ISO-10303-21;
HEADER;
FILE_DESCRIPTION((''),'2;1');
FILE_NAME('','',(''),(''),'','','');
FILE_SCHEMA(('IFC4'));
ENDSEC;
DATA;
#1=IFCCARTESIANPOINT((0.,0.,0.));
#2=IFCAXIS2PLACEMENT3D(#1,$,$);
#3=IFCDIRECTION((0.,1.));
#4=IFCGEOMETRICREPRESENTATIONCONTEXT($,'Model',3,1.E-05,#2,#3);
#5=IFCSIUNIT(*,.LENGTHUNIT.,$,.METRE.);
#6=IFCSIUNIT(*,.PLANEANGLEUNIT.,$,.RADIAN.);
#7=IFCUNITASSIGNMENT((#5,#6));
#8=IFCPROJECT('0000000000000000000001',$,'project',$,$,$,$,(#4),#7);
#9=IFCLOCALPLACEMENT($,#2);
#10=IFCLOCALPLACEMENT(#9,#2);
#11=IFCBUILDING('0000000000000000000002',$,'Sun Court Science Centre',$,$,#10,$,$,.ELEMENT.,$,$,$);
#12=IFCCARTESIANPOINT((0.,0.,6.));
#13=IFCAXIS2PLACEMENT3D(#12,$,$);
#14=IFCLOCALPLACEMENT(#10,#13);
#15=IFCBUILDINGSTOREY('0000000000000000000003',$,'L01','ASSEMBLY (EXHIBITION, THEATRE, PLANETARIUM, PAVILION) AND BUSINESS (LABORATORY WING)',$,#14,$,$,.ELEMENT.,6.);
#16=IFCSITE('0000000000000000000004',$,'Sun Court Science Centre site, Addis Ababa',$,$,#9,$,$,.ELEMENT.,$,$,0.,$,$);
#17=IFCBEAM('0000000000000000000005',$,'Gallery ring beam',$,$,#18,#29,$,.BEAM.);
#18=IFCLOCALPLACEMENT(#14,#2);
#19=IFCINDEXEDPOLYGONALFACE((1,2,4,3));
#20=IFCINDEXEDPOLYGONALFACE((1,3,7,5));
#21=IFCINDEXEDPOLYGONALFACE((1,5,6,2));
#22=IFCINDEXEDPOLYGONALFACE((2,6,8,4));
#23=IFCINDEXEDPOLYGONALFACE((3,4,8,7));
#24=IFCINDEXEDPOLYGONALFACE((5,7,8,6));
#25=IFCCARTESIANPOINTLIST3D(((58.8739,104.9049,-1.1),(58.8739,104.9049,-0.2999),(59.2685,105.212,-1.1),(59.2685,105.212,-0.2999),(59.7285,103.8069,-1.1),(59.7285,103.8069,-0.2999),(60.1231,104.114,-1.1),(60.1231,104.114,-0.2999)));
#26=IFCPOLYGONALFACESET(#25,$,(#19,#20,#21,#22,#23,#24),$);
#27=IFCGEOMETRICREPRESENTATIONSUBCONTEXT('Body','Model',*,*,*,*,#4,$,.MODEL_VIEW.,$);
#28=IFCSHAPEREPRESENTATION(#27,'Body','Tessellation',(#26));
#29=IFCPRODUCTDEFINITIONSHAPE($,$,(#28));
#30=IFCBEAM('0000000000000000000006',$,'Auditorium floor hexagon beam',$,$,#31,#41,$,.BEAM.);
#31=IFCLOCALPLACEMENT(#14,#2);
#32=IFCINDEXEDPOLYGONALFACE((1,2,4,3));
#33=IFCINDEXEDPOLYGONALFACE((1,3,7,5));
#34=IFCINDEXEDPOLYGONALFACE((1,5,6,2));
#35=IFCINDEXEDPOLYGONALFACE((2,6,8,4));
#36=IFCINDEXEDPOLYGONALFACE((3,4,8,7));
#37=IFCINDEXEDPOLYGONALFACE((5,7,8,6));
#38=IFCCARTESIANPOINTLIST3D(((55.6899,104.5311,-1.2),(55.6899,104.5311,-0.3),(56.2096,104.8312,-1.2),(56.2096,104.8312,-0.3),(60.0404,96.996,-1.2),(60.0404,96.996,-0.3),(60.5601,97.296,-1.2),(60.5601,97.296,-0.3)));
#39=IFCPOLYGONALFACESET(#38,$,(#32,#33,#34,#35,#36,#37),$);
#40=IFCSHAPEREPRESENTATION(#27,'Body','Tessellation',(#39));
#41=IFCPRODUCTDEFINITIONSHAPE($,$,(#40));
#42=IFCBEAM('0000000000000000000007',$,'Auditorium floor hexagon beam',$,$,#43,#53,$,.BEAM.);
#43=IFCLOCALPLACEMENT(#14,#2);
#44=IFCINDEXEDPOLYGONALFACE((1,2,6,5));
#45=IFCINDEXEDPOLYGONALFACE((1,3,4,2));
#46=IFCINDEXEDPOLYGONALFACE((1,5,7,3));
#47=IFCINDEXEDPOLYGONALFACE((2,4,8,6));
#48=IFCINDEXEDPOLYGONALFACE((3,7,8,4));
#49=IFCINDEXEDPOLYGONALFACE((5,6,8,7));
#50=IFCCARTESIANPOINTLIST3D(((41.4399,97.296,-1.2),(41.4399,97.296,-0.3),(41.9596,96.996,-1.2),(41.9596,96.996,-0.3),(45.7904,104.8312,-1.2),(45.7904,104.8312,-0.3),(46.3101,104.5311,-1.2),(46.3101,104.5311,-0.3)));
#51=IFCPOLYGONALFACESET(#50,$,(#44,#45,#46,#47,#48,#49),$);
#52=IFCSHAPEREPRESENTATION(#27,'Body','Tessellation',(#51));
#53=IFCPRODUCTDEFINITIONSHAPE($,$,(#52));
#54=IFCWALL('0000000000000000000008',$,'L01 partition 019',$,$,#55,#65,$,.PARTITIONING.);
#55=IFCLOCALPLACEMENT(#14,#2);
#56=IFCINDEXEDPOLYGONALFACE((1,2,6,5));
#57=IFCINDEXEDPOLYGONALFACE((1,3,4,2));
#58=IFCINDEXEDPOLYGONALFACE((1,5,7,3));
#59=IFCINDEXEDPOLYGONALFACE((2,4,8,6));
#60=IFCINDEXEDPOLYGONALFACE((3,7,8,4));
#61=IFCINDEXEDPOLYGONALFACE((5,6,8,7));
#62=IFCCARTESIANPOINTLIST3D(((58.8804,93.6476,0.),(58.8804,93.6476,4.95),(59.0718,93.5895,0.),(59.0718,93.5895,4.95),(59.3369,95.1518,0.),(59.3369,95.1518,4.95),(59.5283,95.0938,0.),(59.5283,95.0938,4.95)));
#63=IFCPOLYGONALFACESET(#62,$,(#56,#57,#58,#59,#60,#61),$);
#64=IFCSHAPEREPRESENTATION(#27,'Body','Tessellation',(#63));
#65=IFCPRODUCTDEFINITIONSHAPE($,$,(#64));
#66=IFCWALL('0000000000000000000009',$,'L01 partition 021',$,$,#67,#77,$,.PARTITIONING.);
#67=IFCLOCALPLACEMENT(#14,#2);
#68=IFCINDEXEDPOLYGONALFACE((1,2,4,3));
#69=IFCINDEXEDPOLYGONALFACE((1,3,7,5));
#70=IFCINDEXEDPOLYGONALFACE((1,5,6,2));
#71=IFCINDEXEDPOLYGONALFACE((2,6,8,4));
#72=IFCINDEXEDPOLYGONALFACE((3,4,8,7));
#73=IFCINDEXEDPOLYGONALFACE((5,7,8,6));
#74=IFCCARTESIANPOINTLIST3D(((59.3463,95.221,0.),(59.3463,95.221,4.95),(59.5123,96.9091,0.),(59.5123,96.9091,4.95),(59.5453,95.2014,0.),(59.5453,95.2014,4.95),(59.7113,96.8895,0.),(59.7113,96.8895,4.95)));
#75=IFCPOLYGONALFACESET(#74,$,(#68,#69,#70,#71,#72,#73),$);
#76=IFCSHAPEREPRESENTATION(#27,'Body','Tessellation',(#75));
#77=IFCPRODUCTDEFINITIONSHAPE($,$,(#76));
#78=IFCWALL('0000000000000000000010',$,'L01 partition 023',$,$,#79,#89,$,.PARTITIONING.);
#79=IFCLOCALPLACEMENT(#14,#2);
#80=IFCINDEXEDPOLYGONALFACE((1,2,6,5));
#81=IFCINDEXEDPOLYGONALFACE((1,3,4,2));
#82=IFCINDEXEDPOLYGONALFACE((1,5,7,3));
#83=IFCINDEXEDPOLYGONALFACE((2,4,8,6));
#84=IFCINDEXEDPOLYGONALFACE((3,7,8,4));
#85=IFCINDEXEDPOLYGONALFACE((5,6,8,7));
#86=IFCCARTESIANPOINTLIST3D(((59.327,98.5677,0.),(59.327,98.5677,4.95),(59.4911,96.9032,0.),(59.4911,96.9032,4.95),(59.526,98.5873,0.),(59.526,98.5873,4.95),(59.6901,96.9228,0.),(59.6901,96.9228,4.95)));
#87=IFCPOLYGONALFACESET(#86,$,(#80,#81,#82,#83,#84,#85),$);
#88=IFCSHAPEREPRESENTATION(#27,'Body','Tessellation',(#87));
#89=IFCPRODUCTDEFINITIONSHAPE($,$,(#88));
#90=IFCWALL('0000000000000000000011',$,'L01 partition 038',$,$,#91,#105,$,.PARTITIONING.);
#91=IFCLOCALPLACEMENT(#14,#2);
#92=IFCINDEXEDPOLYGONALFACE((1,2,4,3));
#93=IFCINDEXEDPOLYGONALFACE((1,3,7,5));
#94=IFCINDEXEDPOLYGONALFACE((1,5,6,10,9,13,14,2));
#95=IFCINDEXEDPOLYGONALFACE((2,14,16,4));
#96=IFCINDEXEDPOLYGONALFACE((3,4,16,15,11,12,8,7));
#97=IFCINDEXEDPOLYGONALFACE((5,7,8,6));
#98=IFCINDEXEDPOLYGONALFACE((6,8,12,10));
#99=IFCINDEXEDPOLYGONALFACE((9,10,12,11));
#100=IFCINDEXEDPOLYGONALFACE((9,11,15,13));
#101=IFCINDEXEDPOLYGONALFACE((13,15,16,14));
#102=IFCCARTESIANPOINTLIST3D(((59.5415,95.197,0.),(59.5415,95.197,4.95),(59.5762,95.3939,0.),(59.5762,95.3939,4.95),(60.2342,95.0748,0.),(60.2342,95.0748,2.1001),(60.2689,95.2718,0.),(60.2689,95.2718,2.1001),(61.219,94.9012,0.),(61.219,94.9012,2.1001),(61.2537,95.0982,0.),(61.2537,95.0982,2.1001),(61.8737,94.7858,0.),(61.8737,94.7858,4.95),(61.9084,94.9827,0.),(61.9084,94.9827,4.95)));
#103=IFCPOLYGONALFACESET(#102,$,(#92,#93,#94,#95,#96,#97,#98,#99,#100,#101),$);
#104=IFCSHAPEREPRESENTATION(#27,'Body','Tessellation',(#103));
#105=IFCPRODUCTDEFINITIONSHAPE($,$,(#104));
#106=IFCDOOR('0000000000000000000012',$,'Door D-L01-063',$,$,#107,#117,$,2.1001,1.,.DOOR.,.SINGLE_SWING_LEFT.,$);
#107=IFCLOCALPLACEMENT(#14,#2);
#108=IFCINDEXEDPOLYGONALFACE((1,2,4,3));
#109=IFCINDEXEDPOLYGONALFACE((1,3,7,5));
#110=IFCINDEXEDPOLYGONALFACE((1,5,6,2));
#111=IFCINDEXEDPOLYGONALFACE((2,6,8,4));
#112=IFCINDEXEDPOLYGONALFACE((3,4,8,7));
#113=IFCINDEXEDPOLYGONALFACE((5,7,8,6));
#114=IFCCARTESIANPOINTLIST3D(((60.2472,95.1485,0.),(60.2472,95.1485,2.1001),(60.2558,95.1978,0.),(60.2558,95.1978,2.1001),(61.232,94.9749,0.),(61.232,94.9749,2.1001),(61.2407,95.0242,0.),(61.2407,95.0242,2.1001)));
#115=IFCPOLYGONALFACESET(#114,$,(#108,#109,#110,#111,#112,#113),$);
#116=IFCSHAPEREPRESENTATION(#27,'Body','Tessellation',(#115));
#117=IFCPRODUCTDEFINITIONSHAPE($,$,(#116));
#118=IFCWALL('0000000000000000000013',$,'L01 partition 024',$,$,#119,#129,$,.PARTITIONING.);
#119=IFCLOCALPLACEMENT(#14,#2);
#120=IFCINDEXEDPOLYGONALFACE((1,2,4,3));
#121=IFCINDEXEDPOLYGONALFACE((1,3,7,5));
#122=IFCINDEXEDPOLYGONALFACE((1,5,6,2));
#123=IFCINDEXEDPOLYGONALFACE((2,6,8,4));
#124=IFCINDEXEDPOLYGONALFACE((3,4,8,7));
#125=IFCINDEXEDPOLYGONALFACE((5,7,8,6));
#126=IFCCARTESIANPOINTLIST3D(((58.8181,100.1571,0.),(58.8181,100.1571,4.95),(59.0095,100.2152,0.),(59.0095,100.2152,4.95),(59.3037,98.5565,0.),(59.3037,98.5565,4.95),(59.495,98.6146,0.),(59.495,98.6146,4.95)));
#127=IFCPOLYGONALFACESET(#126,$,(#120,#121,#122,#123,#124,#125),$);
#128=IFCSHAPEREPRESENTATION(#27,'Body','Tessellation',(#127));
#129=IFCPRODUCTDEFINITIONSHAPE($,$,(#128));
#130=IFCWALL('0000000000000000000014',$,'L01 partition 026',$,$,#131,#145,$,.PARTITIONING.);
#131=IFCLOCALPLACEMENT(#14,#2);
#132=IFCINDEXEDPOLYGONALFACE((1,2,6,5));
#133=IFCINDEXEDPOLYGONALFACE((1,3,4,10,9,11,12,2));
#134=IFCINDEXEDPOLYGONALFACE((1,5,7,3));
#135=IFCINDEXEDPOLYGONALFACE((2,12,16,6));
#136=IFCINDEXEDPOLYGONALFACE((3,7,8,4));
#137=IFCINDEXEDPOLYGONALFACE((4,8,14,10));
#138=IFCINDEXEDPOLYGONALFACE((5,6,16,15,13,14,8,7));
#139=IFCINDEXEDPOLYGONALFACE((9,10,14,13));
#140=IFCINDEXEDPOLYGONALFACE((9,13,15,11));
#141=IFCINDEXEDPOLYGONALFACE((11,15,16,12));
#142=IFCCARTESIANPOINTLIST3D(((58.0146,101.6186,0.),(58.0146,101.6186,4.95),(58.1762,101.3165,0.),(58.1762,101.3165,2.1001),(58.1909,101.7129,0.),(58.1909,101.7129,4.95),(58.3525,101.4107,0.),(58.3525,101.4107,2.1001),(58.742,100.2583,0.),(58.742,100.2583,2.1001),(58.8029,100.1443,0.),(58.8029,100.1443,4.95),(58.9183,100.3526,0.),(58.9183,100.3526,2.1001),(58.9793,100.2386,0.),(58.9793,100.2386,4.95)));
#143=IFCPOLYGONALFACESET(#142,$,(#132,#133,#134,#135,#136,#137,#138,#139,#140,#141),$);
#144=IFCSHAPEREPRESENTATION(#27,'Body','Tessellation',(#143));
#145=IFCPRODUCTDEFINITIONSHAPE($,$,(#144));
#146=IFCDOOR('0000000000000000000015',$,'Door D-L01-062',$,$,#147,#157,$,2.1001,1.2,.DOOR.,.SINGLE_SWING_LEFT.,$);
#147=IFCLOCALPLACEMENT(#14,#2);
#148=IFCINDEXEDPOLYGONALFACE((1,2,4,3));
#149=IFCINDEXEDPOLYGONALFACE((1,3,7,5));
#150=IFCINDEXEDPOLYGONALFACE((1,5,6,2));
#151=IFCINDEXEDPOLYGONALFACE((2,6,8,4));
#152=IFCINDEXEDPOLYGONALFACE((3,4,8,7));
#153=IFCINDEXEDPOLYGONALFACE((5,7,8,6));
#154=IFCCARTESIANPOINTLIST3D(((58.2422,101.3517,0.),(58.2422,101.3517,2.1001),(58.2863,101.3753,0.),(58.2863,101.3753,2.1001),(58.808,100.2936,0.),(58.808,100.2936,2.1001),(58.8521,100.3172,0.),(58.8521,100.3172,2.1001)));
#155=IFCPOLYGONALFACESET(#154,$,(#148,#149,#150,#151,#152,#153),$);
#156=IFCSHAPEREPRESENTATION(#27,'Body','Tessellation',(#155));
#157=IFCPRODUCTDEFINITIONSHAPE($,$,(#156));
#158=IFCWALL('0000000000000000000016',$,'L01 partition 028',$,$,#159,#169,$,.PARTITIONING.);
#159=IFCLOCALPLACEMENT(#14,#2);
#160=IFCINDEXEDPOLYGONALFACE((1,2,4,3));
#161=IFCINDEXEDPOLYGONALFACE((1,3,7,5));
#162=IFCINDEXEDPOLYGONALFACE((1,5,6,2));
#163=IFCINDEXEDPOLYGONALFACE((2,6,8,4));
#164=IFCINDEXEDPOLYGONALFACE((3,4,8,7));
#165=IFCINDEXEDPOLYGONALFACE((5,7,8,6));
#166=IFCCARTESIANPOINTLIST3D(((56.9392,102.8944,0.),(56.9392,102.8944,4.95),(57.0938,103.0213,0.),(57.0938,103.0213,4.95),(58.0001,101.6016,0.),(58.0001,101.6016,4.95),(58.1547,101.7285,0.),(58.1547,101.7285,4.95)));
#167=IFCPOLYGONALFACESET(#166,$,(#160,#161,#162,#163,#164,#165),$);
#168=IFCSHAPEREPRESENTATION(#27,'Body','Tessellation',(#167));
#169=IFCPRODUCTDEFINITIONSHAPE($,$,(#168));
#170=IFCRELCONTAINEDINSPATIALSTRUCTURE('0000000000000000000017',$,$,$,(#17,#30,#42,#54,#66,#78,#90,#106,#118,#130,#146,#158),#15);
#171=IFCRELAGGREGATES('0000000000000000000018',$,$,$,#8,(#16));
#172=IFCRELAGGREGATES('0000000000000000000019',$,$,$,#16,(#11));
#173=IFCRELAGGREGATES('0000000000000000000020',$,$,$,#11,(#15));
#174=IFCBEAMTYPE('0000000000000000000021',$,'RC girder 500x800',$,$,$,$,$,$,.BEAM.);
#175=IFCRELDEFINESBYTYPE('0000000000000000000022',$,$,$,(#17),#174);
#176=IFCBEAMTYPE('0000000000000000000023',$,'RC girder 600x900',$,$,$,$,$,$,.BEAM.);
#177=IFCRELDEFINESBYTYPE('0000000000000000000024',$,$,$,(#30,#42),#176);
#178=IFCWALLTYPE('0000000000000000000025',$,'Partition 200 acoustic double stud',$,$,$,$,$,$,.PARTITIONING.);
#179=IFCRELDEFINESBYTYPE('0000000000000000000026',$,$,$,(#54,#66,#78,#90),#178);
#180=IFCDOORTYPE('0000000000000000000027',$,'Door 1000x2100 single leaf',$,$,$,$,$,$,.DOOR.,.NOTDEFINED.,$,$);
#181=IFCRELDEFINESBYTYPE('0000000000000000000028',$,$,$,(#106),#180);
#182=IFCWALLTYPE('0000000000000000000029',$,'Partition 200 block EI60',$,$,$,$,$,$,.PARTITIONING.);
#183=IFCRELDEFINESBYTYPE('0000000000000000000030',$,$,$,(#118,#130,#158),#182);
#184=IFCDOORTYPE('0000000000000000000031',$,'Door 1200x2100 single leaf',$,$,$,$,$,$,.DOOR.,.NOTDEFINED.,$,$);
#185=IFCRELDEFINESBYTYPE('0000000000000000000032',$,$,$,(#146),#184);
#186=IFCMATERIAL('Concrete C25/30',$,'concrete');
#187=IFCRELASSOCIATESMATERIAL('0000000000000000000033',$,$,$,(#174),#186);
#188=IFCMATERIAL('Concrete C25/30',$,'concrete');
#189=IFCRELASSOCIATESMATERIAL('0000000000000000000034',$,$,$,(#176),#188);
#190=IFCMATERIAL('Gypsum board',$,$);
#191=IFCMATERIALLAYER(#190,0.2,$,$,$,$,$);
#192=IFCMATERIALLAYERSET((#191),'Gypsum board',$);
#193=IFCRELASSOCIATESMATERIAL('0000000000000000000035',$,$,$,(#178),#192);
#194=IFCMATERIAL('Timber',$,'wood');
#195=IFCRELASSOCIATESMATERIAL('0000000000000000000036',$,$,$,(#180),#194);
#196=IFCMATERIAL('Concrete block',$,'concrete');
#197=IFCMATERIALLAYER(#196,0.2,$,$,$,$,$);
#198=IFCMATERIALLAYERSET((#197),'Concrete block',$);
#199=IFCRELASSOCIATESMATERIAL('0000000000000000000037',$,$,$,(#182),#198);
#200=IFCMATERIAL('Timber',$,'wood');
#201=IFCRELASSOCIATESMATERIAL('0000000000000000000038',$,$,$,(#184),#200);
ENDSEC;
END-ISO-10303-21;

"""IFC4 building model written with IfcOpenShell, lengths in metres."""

from ifc_helpers import new_model, si_unit, direction, frame, frame_2d, origin, origin_2d, place, context, subcontext, project, spatial, rectangle, extrude, material, layer, layer_set, material_profile, profile_set, type_object, element, fill, save


model = new_model("IFC4")

# Units and contexts
model_context = context("Model", 3, precision=1e-05, world=origin(), true_north=direction((0.0, 1.0)))
body_context = subcontext(model_context, "Body", "Model", "MODEL_VIEW")
ifc_project = project(units=[si_unit("LENGTHUNIT", "METRE"), si_unit("PLANEANGLEUNIT", "RADIAN")], contexts=[model_context])

# Site, building, storey
site_placement = place(None, origin())
site = spatial("IfcSite", under=ifc_project, at=site_placement, Name="Sun Court Science Centre site, Addis Ababa", CompositionType="ELEMENT", RefElevation=0.0)
building_placement = place(site_placement, origin())
building = spatial("IfcBuilding", under=site, at=building_placement, Name="Sun Court Science Centre", CompositionType="ELEMENT")
storey_placement = place(building_placement, frame((0.0, 0.0, 6.0)))
storey = spatial("IfcBuildingStorey", under=building, at=storey_placement, Name="L01", Description="ASSEMBLY (EXHIBITION, THEATRE, PLANETARIUM, PAVILION) AND BUSINESS (LABORATORY WING)", CompositionType="ELEMENT", Elevation=6.0)

# Beams
ifc_material_1 = material(Name="Concrete C25/30", Category="concrete")
ifc_material_profile_1 = material_profile(ifc_material_1, rectangle(XDim=0.5, YDim=0.8, at=origin_2d()), Name="RC 500x800")
ifc_profile_set_1 = profile_set([ifc_material_profile_1], Name="Concrete C25/30")
beam_type_1 = type_object("IfcBeamType", Name="RC girder 500x800", PredefinedType="BEAM", material=ifc_profile_set_1)
beam_placement = place(storey_placement, frame((59.9258, 103.9604, -0.7), z_axis=(-0.614196, 0.789154, 0.0), x_axis=(-0.789154, -0.614196, 0.0)))
element("IfcBeam", 1, at=beam_placement, inside=storey, type_object=beam_type_1, Name="Gallery ring beam", PredefinedType="BEAM", context=body_context, shape_type="SweptSolid", body=[
    extrude(rectangle(XDim=0.5, YDim=0.8, at=origin_2d()), origin(), (0.0, 0.0, 1.0), 1.3914),
])
ifc_material_2 = material(Name="Concrete C25/30", Category="concrete")
ifc_material_profile_2 = material_profile(ifc_material_2, rectangle(XDim=0.6001, YDim=0.8999, at=origin_2d()), Name="RC 600x900")
ifc_profile_set_2 = profile_set([ifc_material_profile_2], Name="Concrete C25/30")
beam_type_2 = type_object("IfcBeamType", Name="RC girder 600x900", PredefinedType="BEAM", material=ifc_profile_set_2)
for number, where, z_axis, x_axis, name in (
    (2, (60.3003, 97.146, -0.75), (-0.500014, 0.866017, 0.0), (-0.866017, -0.500014, 0.0), "Auditorium floor hexagon beam"),
    (3, (46.0503, 104.6812, -0.75), (-0.500014, -0.866017, 0.0), (0.866017, -0.500014, 0.0), "Auditorium floor hexagon beam"),
):
    element("IfcBeam", number, at=place(storey_placement, frame(where, z_axis=z_axis, x_axis=x_axis)), inside=storey, type_object=beam_type_2, Name=name, PredefinedType="BEAM", context=body_context, shape_type="SweptSolid", body=[
        extrude(rectangle(XDim=0.6001, YDim=0.8999, at=origin_2d()), origin(), (0.0, 0.0, 1.0), 8.7009),
    ])

# Walls
ifc_material_3 = material(Name="Gypsum board")
ifc_layer_1 = layer(ifc_material_3, 0.2)
ifc_layer_set_1 = layer_set([ifc_layer_1], Name="Gypsum board")
wall_type_1 = type_object("IfcWallType", Name="Partition 200 acoustic double stud", PredefinedType="PARTITIONING", material=ifc_layer_set_1)
wall_1_placement = place(storey_placement, frame((58.9761, 93.6184, 0.0), z_axis=(0.0, 0.0, 1.0), x_axis=(0.290395, 0.956907, 0.0)))
element("IfcWall", 4, at=wall_1_placement, inside=storey, type_object=wall_type_1, Name="L01 partition 019", PredefinedType="PARTITIONING", context=body_context, shape_type="SweptSolid", body=[
    extrude(rectangle(XDim=1.572, YDim=0.2, at=frame_2d((0.7861, 0.0))), origin(), (0.0, 0.0, 1.0), 4.95),
])
wall_2_placement = place(storey_placement, frame((59.4458, 95.2112, 0.0), z_axis=(0.0, 0.0, 1.0), x_axis=(0.097865, 0.9952, 0.0)))
element("IfcWall", 5, at=wall_2_placement, inside=storey, type_object=wall_type_1, Name="L01 partition 021", PredefinedType="PARTITIONING", context=body_context, shape_type="SweptSolid", body=[
    extrude(rectangle(XDim=1.6963, YDim=0.2, at=frame_2d((0.8481, 0.0))), origin(), (0.0, 0.0, 1.0), 4.95),
])
wall_3_placement = place(storey_placement, frame((59.5906, 96.9128, 0.0), z_axis=(0.0, 0.0, 1.0), x_axis=(-0.098087, 0.995178, 0.0)))
element("IfcWall", 6, at=wall_3_placement, inside=storey, type_object=wall_type_1, Name="L01 partition 023", PredefinedType="PARTITIONING", context=body_context, shape_type="SweptSolid", body=[
    extrude(rectangle(XDim=1.6726, YDim=0.2, at=frame_2d((0.8364, 0.0))), origin(), (0.0, 0.0, 1.0), 4.95),
])

# Wall, opening, door
wall_4_placement = place(storey_placement, frame((59.5588, 95.2954, 0.0), z_axis=(0.0, 0.0, 1.0), x_axis=(0.984816, -0.173603, 0.0)))
wall_4 = element("IfcWall", 7, at=wall_4_placement, inside=storey, type_object=wall_type_1, Name="L01 partition 038", PredefinedType="PARTITIONING", context=body_context, shape_type="SweptSolid", body=[
    extrude(rectangle(XDim=2.3682, YDim=0.2, at=frame_2d((1.1841, 0.0))), origin(), (0.0, 0.0, 1.0), 4.95),
])
opening_1_placement = place(wall_4_placement, frame((0.7034, 0.0, 0.0)))
opening_1 = element("IfcOpeningElement", 8, at=opening_1_placement, cuts=wall_4, PredefinedType="OPENING", context=body_context, shape_type="SweptSolid", body=[
    extrude(rectangle(XDim=1.0, YDim=2.1001, at=frame_2d((0.5, 1.05))), frame((0.0, 0.1099, 0.0), z_axis=(0.0, -1.0, 0.0), x_axis=(1.0, 0.0, 0.0)), (0.0, 0.0, 1.0), 0.22),
])
ifc_material_4 = material(Name="Timber", Category="wood")
door_type_1 = type_object("IfcDoorType", Name="Door 1000x2100 single leaf", OperationType="NOTDEFINED", PredefinedType="DOOR", material=ifc_material_4)
door_1_placement = place(opening_1_placement, origin())
door_1 = element("IfcDoor", 9, at=door_1_placement, inside=storey, type_object=door_type_1, Name="Door D-L01-063", OperationType="SINGLE_SWING_LEFT", OverallHeight=2.1001, OverallWidth=1.0, PredefinedType="DOOR", context=body_context, shape_type="SweptSolid", body=[
    extrude(rectangle(XDim=1.0, YDim=2.1001, at=frame_2d((0.5, 1.05))), frame((0.0, 0.0249, 0.0), z_axis=(0.0, -1.0, 0.0), x_axis=(1.0, 0.0, 0.0)), (0.0, 0.0, 1.0), 0.05),
])
fill(opening_1, door_1)

# Wall
ifc_material_5 = material(Name="Concrete block", Category="concrete")
ifc_layer_2 = layer(ifc_material_5, 0.2)
ifc_layer_set_2 = layer_set([ifc_layer_2], Name="Concrete block")
wall_type_2 = type_object("IfcWallType", Name="Partition 200 block EI60", PredefinedType="PARTITIONING", material=ifc_layer_set_2)
wall_5_placement = place(storey_placement, frame((59.3994, 98.5854, 0.0), z_axis=(0.0, 0.0, 1.0), x_axis=(-0.290319, 0.95693, 0.0)))
element("IfcWall", 10, at=wall_5_placement, inside=storey, type_object=wall_type_2, Name="L01 partition 024", PredefinedType="PARTITIONING", context=body_context, shape_type="SweptSolid", body=[
    extrude(rectangle(XDim=1.6726, YDim=0.2, at=frame_2d((0.8364, 0.0))), origin(), (0.0, 0.0, 1.0), 4.95),
])

# Wall, opening, door
wall_6_placement = place(storey_placement, frame((58.1028, 101.6658, 0.0), z_axis=(0.0, 0.0, 1.0), x_axis=(0.47152, -0.881855, 0.0)))
wall_6 = element("IfcWall", 11, at=wall_6_placement, inside=storey, type_object=wall_type_2, Name="L01 partition 026", PredefinedType="PARTITIONING", context=body_context, shape_type="SweptSolid", body=[
    extrude(rectangle(XDim=1.6719, YDim=0.2, at=frame_2d((0.8359, 0.0))), origin(), (0.0, 0.0, 1.0), 4.95),
])
opening_2_placement = place(wall_6_placement, frame((0.3425, 0.0, 0.0)))
opening_2 = element("IfcOpeningElement", 12, at=opening_2_placement, cuts=wall_6, PredefinedType="OPENING", context=body_context, shape_type="SweptSolid", body=[
    extrude(rectangle(XDim=1.2, YDim=2.1001, at=frame_2d((0.6001, 1.05))), frame((0.0, 0.1099, 0.0), z_axis=(0.0, -1.0, 0.0), x_axis=(1.0, 0.0, 0.0)), (0.0, 0.0, 1.0), 0.22),
])
ifc_material_6 = material(Name="Timber", Category="wood")
door_type_2 = type_object("IfcDoorType", Name="Door 1200x2100 single leaf", OperationType="NOTDEFINED", PredefinedType="DOOR", material=ifc_material_6)
door_2_placement = place(opening_2_placement, origin())
door_2 = element("IfcDoor", 13, at=door_2_placement, inside=storey, type_object=door_type_2, Name="Door D-L01-062", OperationType="SINGLE_SWING_LEFT", OverallHeight=2.1001, OverallWidth=1.2, PredefinedType="DOOR", context=body_context, shape_type="SweptSolid", body=[
    extrude(rectangle(XDim=1.2, YDim=2.1001, at=frame_2d((0.6001, 1.05))), frame((0.0, 0.0249, 0.0), z_axis=(0.0, -1.0, 0.0), x_axis=(1.0, 0.0, 0.0)), (0.0, 0.0, 1.0), 0.05),
])
fill(opening_2, door_2)

# Wall
wall_7_placement = place(storey_placement, frame((58.0774, 101.665, 0.0), z_axis=(0.0, 0.0, 1.0), x_axis=(-0.63435, 0.773046, 0.0)))
element("IfcWall", 14, at=wall_7_placement, inside=storey, type_object=wall_type_2, Name="L01 partition 028", PredefinedType="PARTITIONING", context=body_context, shape_type="SweptSolid", body=[
    extrude(rectangle(XDim=1.6724, YDim=0.2, at=frame_2d((0.8362, 0.0))), origin(), (0.0, 0.0, 1.0), 4.95),
])

save(model, "model.ifc")
